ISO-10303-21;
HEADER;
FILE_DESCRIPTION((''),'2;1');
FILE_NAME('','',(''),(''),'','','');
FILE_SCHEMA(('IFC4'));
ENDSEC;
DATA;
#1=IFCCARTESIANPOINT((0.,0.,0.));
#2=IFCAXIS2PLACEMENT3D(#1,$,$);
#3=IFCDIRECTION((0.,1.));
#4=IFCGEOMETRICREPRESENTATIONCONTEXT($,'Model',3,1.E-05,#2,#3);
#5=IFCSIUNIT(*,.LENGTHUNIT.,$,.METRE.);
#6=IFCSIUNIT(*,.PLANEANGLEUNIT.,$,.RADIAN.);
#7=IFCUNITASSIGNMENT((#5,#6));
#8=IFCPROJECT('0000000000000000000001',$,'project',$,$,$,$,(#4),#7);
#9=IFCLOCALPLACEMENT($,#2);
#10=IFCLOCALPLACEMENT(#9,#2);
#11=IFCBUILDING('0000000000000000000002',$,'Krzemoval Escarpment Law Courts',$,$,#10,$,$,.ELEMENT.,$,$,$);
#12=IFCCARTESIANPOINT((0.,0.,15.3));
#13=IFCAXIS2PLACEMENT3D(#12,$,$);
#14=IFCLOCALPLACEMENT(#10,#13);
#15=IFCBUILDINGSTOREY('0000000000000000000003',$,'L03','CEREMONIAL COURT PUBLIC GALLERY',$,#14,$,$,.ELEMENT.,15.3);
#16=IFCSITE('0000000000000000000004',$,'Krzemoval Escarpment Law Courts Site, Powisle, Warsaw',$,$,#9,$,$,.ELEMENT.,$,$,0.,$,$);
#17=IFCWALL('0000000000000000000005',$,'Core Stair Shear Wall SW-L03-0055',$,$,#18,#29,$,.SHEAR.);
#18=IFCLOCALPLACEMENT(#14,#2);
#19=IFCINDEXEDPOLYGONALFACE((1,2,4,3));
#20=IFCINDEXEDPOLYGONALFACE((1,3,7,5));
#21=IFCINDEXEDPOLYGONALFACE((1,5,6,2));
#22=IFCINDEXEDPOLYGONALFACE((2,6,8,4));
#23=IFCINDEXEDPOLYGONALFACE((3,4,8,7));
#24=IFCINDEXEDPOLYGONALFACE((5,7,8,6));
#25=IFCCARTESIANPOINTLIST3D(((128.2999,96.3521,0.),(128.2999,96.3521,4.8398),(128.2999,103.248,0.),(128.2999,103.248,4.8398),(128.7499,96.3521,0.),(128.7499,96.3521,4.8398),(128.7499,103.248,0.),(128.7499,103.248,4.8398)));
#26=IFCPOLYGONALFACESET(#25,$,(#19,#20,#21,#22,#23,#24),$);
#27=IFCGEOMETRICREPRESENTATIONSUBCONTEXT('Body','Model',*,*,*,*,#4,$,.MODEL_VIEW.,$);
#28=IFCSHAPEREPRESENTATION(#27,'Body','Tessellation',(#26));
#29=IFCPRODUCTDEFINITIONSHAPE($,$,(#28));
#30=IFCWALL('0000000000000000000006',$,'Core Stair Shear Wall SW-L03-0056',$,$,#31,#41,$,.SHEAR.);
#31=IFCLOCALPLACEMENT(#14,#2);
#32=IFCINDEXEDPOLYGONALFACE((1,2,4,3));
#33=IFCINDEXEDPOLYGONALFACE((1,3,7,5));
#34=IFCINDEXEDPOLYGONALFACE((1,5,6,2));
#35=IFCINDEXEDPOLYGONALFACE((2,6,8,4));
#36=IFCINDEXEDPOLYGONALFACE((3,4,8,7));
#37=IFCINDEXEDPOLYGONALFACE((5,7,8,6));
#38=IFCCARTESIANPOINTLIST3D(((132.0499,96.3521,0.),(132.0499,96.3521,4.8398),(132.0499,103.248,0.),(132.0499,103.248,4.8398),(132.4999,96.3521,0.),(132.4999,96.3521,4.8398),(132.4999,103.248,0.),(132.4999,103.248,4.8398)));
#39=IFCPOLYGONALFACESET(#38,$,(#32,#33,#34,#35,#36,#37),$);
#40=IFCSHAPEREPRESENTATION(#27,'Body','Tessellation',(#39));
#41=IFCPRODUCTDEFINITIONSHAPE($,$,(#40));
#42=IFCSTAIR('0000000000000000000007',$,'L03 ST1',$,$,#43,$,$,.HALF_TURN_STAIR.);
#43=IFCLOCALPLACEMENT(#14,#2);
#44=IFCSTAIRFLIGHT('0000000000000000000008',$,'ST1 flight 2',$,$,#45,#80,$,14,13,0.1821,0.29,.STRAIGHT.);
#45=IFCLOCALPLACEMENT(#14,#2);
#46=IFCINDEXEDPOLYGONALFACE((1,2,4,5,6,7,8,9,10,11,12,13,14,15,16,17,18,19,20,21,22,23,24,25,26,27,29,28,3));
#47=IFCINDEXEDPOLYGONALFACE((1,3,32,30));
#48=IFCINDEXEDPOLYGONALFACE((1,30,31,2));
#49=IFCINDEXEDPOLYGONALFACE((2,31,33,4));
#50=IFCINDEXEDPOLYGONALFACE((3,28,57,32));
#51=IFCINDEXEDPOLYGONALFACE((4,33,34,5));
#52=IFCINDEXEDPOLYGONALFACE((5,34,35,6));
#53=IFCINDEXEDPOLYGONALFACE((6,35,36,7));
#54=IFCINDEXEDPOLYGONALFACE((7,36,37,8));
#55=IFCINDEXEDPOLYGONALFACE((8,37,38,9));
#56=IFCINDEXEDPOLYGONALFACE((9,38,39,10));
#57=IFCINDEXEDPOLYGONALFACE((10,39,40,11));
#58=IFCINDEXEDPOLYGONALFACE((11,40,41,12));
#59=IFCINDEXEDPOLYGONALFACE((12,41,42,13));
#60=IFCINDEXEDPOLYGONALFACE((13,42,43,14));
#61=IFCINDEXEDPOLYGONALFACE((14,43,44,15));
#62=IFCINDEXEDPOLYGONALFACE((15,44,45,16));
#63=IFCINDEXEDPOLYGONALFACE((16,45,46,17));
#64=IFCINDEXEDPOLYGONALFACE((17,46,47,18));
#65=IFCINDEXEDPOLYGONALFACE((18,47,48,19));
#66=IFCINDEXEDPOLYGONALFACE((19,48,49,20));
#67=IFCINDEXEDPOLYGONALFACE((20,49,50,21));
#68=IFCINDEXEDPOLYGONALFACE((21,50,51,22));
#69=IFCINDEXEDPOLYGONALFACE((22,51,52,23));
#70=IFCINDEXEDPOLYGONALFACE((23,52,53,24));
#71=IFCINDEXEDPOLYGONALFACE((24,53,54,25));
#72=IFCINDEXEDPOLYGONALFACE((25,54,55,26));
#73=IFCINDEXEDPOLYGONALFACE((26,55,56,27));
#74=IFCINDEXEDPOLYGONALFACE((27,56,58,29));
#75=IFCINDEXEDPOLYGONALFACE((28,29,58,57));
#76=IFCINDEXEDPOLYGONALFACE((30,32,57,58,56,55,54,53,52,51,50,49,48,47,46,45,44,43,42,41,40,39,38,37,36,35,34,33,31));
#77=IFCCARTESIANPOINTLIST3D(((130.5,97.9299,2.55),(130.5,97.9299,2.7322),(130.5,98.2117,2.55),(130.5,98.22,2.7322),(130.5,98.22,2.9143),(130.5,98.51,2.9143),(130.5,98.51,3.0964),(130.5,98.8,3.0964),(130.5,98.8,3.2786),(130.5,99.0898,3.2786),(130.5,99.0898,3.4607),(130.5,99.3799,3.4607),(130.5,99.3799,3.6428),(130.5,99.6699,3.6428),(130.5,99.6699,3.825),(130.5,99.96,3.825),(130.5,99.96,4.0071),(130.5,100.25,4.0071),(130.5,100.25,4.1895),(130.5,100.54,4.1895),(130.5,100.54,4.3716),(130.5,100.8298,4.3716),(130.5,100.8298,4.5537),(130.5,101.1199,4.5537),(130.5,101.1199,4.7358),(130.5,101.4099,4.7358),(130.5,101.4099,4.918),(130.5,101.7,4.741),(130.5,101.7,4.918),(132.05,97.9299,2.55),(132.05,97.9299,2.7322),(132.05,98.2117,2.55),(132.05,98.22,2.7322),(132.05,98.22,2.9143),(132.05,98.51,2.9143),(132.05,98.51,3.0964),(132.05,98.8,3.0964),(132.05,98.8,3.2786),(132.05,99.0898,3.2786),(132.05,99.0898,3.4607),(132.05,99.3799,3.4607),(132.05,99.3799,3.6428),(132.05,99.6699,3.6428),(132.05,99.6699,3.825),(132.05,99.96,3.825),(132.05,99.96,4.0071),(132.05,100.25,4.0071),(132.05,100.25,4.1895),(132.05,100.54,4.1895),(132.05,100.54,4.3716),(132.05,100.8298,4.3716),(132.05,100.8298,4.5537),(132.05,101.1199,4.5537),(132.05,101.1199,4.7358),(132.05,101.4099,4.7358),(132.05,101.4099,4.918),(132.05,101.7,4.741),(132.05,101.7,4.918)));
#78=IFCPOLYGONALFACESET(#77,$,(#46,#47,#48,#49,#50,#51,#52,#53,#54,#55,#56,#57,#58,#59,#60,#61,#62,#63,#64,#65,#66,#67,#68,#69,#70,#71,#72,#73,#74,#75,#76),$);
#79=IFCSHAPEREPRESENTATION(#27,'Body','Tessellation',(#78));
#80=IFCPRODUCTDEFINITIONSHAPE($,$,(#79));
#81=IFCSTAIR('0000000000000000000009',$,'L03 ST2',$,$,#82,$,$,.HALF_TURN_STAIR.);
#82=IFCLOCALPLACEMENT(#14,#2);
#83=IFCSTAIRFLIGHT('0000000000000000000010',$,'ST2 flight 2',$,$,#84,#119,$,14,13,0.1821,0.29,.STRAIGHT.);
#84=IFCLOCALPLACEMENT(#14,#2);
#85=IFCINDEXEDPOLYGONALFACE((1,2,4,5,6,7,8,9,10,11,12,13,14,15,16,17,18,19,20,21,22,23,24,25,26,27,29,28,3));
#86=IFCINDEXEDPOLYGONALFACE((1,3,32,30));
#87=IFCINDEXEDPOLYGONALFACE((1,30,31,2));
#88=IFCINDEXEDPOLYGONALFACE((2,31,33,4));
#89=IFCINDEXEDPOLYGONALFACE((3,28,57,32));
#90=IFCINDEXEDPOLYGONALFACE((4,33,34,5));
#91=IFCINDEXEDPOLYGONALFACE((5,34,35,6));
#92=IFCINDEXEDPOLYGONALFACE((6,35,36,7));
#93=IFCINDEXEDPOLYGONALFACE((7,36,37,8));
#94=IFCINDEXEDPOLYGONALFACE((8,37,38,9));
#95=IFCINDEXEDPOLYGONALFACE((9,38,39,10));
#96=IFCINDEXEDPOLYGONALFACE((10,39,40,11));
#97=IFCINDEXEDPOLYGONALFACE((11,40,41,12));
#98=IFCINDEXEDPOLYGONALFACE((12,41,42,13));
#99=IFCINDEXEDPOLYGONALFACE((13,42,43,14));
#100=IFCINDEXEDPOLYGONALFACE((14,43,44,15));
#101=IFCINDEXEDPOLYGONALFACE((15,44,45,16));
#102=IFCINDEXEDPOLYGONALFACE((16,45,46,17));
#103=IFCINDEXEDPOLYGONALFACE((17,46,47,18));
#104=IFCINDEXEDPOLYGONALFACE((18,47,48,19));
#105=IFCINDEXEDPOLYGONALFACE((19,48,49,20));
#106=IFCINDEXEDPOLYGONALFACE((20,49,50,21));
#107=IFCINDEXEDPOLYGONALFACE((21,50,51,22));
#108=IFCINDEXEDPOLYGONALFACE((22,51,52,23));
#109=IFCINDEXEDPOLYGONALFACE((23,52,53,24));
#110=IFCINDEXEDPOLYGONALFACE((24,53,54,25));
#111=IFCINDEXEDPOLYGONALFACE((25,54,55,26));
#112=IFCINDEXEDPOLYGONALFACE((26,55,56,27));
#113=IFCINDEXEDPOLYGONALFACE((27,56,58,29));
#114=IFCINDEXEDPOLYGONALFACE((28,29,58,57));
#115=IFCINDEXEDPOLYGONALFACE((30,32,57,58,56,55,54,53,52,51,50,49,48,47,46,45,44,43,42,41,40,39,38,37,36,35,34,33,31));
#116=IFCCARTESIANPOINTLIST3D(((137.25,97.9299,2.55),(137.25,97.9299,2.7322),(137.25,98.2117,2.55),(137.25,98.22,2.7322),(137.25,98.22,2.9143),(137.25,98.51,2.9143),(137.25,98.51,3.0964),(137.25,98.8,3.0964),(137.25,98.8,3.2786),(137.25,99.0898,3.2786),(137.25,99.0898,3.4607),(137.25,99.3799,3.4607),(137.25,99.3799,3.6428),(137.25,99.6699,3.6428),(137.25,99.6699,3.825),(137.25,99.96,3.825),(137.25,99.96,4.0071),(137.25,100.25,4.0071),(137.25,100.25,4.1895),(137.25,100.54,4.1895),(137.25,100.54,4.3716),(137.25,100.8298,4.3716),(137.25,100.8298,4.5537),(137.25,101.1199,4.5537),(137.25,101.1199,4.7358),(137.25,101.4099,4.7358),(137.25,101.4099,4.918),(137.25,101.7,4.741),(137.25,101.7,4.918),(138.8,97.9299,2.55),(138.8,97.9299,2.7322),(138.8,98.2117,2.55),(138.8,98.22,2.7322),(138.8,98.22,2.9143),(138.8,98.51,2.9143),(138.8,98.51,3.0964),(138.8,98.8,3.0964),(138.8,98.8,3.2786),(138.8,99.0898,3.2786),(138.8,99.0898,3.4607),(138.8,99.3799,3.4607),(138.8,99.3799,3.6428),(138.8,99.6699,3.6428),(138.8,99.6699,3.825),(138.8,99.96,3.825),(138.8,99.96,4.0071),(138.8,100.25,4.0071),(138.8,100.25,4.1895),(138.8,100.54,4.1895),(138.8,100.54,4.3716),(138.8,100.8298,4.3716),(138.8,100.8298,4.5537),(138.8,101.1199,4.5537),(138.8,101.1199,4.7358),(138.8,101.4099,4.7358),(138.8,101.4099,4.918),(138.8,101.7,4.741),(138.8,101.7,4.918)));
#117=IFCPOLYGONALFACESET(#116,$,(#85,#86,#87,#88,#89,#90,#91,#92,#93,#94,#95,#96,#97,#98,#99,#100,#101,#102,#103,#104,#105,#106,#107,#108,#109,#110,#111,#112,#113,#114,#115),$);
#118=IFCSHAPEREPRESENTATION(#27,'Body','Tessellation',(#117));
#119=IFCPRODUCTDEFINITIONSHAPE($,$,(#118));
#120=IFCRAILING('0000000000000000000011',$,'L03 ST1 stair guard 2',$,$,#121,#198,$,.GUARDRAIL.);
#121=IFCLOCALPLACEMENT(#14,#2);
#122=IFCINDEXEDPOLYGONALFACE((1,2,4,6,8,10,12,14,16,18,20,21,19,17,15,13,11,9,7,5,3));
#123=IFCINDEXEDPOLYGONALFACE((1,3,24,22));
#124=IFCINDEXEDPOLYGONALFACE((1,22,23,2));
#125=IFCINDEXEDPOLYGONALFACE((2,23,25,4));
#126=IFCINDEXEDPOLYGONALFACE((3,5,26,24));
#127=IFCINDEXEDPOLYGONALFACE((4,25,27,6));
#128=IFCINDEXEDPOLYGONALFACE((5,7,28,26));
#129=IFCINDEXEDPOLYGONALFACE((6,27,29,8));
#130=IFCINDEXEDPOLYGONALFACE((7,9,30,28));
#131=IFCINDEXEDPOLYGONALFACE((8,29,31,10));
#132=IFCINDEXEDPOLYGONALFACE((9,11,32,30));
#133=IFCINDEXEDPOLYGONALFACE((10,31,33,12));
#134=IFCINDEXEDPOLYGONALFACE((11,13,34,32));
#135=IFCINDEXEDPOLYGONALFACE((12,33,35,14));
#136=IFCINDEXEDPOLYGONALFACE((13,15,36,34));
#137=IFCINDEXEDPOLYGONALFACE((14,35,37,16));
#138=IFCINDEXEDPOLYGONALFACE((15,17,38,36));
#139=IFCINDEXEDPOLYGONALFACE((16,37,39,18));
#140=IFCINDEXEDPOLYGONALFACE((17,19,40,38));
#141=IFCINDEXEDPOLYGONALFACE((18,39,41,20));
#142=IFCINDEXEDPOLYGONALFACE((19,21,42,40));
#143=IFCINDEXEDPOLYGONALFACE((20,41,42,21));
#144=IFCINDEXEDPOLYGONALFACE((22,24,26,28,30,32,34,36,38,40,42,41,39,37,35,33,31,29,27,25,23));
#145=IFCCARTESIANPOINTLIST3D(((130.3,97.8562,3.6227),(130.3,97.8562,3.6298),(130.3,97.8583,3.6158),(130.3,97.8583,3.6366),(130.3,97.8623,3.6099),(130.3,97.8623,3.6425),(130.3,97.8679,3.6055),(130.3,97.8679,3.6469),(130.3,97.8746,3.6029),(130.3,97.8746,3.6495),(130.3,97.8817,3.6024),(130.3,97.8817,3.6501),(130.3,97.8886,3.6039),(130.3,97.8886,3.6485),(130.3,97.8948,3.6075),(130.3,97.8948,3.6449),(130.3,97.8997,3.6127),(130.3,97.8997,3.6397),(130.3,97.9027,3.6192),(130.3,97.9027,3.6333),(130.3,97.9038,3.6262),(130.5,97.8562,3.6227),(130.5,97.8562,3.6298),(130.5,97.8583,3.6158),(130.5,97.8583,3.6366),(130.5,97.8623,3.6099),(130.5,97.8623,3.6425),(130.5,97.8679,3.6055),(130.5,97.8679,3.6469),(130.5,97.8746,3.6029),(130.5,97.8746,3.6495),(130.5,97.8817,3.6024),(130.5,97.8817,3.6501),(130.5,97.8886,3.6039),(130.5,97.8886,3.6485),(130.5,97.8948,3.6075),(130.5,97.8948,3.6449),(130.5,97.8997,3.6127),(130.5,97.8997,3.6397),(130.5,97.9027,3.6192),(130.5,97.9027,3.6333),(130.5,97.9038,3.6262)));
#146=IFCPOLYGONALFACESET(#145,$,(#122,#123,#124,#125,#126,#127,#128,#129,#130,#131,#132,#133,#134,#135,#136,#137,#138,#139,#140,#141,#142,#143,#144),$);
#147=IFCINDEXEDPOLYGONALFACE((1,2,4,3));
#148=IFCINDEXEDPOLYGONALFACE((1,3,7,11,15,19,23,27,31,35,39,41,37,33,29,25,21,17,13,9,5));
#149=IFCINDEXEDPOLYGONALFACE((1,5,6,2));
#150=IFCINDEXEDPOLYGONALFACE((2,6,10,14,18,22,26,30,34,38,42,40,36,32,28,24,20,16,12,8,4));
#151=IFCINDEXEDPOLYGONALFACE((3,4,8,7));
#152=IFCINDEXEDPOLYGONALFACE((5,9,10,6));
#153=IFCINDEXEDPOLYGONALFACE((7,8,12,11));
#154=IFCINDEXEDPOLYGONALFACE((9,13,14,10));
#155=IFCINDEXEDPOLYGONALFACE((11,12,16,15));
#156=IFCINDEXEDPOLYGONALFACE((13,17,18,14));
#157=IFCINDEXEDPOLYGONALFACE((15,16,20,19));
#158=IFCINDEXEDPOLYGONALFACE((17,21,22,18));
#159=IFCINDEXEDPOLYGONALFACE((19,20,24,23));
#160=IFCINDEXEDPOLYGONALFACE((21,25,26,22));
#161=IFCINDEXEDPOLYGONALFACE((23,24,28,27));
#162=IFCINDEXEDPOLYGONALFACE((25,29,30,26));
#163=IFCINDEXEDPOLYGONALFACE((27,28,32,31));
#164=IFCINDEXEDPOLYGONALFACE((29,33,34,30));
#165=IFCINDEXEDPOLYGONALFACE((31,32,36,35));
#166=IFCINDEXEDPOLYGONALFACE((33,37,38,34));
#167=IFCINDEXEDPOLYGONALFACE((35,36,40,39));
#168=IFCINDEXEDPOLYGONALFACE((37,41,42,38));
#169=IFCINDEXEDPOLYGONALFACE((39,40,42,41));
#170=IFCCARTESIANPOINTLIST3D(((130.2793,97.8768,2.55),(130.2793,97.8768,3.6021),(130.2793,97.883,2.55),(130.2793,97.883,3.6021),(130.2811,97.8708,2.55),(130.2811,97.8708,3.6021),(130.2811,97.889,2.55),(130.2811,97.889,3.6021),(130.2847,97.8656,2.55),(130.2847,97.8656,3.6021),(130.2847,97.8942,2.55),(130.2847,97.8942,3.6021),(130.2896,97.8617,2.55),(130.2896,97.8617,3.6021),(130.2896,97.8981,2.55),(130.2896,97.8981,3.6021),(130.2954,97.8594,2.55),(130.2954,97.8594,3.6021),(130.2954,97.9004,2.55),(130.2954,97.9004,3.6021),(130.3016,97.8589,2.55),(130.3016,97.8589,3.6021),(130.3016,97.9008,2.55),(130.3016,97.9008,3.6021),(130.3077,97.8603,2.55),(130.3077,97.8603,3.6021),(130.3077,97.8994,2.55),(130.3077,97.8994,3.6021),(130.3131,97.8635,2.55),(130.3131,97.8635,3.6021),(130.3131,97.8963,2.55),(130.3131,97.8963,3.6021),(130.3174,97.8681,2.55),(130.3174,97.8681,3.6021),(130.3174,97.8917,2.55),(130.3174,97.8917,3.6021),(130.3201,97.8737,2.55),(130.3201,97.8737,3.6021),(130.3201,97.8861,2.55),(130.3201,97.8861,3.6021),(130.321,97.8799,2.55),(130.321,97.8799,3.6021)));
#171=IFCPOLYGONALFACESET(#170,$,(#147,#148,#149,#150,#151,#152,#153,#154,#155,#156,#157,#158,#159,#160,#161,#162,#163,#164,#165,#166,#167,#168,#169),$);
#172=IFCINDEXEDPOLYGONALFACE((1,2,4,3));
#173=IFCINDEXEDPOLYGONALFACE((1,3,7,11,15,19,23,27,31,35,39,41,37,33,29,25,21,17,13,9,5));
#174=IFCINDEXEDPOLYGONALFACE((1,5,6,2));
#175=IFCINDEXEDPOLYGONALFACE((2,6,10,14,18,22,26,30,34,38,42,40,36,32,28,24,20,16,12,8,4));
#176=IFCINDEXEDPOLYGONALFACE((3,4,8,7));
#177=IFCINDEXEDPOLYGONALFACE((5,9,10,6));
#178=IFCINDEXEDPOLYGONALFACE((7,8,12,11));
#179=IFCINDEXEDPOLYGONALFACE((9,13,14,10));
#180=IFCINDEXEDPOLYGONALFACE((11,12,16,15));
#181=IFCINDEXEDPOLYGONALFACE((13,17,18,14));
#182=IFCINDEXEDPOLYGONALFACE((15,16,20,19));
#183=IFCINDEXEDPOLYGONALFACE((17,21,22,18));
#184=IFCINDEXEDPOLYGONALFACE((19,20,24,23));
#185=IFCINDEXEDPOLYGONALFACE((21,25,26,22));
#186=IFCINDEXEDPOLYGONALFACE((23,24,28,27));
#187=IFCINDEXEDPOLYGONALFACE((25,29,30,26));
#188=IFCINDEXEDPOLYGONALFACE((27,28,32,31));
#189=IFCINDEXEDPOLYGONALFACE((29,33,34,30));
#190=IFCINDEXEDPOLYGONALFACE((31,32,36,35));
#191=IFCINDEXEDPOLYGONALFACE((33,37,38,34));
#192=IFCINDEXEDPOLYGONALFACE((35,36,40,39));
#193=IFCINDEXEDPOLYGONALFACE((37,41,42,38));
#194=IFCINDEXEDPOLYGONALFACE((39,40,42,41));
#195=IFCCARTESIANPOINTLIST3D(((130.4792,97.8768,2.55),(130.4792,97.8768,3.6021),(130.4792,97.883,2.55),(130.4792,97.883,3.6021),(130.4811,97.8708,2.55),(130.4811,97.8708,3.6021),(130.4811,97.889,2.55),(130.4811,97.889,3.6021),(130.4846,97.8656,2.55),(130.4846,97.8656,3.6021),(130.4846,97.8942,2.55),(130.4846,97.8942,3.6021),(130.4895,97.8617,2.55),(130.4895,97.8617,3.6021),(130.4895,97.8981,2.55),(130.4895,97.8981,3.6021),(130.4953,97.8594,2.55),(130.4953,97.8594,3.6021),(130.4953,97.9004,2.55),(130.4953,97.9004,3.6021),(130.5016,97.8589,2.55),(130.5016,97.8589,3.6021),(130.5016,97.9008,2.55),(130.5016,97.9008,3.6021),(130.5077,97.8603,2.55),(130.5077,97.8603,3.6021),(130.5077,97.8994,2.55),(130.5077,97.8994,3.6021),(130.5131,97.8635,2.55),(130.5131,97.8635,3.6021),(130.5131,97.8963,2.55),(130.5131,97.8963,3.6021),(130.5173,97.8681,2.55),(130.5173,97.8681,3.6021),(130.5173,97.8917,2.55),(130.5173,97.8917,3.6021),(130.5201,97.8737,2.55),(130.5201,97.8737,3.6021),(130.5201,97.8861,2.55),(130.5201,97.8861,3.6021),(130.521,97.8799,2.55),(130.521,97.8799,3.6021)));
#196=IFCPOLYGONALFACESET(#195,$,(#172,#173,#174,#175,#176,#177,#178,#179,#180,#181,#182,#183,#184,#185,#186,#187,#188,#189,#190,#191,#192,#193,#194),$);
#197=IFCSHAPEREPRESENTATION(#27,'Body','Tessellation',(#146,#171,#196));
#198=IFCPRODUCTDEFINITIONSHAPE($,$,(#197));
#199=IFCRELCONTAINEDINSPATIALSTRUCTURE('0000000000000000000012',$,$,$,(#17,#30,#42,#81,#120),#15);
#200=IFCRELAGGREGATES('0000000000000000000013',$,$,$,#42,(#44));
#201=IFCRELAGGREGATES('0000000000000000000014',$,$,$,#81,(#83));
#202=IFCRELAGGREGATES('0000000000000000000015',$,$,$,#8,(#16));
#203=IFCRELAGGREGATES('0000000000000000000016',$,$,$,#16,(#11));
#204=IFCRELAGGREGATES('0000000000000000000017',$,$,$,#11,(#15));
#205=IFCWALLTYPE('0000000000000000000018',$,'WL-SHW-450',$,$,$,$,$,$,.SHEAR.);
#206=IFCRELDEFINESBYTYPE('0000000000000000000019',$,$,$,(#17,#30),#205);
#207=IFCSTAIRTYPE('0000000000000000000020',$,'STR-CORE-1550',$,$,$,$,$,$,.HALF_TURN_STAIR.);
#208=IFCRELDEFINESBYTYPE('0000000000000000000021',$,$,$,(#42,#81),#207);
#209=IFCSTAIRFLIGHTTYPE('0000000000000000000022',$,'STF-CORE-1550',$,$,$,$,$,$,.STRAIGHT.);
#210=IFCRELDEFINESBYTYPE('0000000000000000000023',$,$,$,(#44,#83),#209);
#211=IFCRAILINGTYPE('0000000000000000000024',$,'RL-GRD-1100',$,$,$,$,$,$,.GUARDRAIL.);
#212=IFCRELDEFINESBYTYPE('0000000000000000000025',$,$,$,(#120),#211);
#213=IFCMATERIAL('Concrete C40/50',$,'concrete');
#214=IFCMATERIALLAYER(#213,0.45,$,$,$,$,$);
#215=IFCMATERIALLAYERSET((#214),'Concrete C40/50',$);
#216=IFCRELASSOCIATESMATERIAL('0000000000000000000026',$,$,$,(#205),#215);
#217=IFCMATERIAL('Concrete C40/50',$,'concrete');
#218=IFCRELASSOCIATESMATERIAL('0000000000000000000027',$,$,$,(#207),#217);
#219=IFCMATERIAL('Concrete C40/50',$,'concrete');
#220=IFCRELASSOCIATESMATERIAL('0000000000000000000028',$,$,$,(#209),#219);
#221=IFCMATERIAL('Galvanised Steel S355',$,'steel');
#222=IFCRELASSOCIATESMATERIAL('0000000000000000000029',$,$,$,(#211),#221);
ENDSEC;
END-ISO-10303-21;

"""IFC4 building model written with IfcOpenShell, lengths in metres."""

from ifc_helpers import new_model, si_unit, direction, frame, frame_2d, origin, origin_2d, place, context, subcontext, project, spatial, polyline, rectangle, circle, outline, extrude, material, layer, layer_set, type_object, element, aggregate, save


model = new_model("IFC4")

# Units and contexts
model_context = context("Model", 3, precision=1e-05, world=origin(), true_north=direction((0.0, 1.0)))
body_context = subcontext(model_context, "Body", "Model", "MODEL_VIEW")
ifc_project = project(units=[si_unit("LENGTHUNIT", "METRE"), si_unit("PLANEANGLEUNIT", "RADIAN")], contexts=[model_context])

# Site, building, storey
site_placement = place(None, origin())
site = spatial("IfcSite", under=ifc_project, at=site_placement, Name="Krzemoval Escarpment Law Courts Site, Powisle, Warsaw", CompositionType="ELEMENT", RefElevation=0.0)
building_placement = place(site_placement, origin())
building = spatial("IfcBuilding", under=site, at=building_placement, Name="Krzemoval Escarpment Law Courts", CompositionType="ELEMENT")
storey_placement = place(building_placement, frame((0.0, 0.0, 15.3)))
storey = spatial("IfcBuildingStorey", under=building, at=storey_placement, Name="L03", Description="CEREMONIAL COURT PUBLIC GALLERY", CompositionType="ELEMENT", Elevation=15.3)

# Walls
ifc_material_1 = material(Name="Concrete C40/50", Category="concrete")
ifc_layer_1 = layer(ifc_material_1, 0.45)
ifc_layer_set_1 = layer_set([ifc_layer_1], Name="Concrete C40/50")
wall_type_1 = type_object("IfcWallType", Name="WL-SHW-450", PredefinedType="SHEAR", material=ifc_layer_set_1)
for number, where, z_axis, x_axis, name in (
    (1, (128.5249, 96.3521, 0.0), (0.0, 0.0, 1.0), (0.0, 1.0, 0.0), "Core Stair Shear Wall SW-L03-0055"),
    (2, (132.2749, 96.3521, 0.0), (0.0, 0.0, 1.0), (0.0, 1.0, 0.0), "Core Stair Shear Wall SW-L03-0056"),
):
    element("IfcWall", number, at=place(storey_placement, frame(where, z_axis=z_axis, x_axis=x_axis)), inside=storey, type_object=wall_type_1, Name=name, PredefinedType="SHEAR", context=body_context, shape_type="SweptSolid", body=[
        extrude(rectangle(XDim=6.896, YDim=0.45, at=frame_2d((3.448, 0.0))), origin(), (0.0, 0.0, 1.0), 4.8398),
    ])

# Stairs, stair flights
ifc_material_2 = material(Name="Concrete C40/50", Category="concrete")
stair_type = type_object("IfcStairType", Name="STR-CORE-1550", PredefinedType="HALF_TURN_STAIR", material=ifc_material_2)
stair_1_placement = place(storey_placement, origin())
stair_1 = element("IfcStair", 3, at=stair_1_placement, inside=storey, type_object=stair_type, Name="L03 ST1", PredefinedType="HALF_TURN_STAIR")
ifc_material_3 = material(Name="Concrete C40/50", Category="concrete")
stair_flight_type = type_object("IfcStairFlightType", Name="STF-CORE-1550", PredefinedType="STRAIGHT", material=ifc_material_3)
stair_flight_1_placement = place(storey_placement, frame((131.2749, 97.9299, 2.55), z_axis=(0.0, 0.0, 1.0), x_axis=(0.0, 1.0, 0.0)))
stair_flight_1 = element("IfcStairFlight", 4, at=stair_flight_1_placement, type_object=stair_flight_type, Name="ST1 flight 2", NumberOfRisers=14, NumberOfTreads=13, PredefinedType="STRAIGHT", RiserHeight=0.1821, TreadLength=0.29, context=body_context, shape_type="SweptSolid", body=[
    extrude(outline(polyline([(0.0, 0.0), (0.0, 0.1821), (0.29, 0.1821), (0.29, 0.3643), (0.5801, 0.3643), (0.5801, 0.5464), (0.8701, 0.5464), (0.8701, 0.7285), (1.1599, 0.7285), (1.1599, 0.9106), (1.45, 0.9106), (1.45, 1.0928), (1.74, 1.0928), (1.74, 1.2749), (2.03, 1.2749), (2.03, 1.457), (2.3201, 1.457), (2.3201, 1.6394), (2.6101, 1.6394), (2.6101, 1.8215), (2.8999, 1.8215), (2.8999, 2.0037), (3.1899, 2.0037), (3.1899, 2.1858), (3.48, 2.1858), (3.48, 2.3679), (3.77, 2.3679), (3.77, 2.55), (3.77, 2.1909), (0.2817, 0.0), (0.0, 0.0)])), frame((0.0, 0.7749, 0.0), z_axis=(0.0, -1.0, 0.0), x_axis=(1.0, 0.0, 0.0)), (0.0, 0.0, 1.0), 1.55),
])
aggregate(stair_1, [stair_flight_1])
stair_2_placement = place(storey_placement, origin())
stair_2 = element("IfcStair", 5, at=stair_2_placement, inside=storey, type_object=stair_type, Name="L03 ST2", PredefinedType="HALF_TURN_STAIR")
stair_flight_2_placement = place(storey_placement, frame((138.0249, 97.9299, 2.55), z_axis=(0.0, 0.0, 1.0), x_axis=(0.0, 1.0, 0.0)))
stair_flight_2 = element("IfcStairFlight", 6, at=stair_flight_2_placement, type_object=stair_flight_type, Name="ST2 flight 2", NumberOfRisers=14, NumberOfTreads=13, PredefinedType="STRAIGHT", RiserHeight=0.1821, TreadLength=0.29, context=body_context, shape_type="SweptSolid", body=[
    extrude(outline(polyline([(0.0, 0.0), (0.0, 0.1821), (0.29, 0.1821), (0.29, 0.3643), (0.5801, 0.3643), (0.5801, 0.5464), (0.8701, 0.5464), (0.8701, 0.7285), (1.1599, 0.7285), (1.1599, 0.9106), (1.45, 0.9106), (1.45, 1.0928), (1.74, 1.0928), (1.74, 1.2749), (2.03, 1.2749), (2.03, 1.457), (2.3201, 1.457), (2.3201, 1.6394), (2.6101, 1.6394), (2.6101, 1.8215), (2.8999, 1.8215), (2.8999, 2.0037), (3.1899, 2.0037), (3.1899, 2.1858), (3.48, 2.1858), (3.48, 2.3679), (3.77, 2.3679), (3.77, 2.55), (3.77, 2.1909), (0.2817, 0.0), (0.0, 0.0)])), frame((0.0, 0.7749, 0.0), z_axis=(0.0, -1.0, 0.0), x_axis=(1.0, 0.0, 0.0)), (0.0, 0.0, 1.0), 1.55),
])
aggregate(stair_2, [stair_flight_2])

# Railing
ifc_material_4 = material(Name="Galvanised Steel S355", Category="steel")
railing_type_1 = type_object("IfcRailingType", Name="RL-GRD-1100", PredefinedType="GUARDRAIL", material=ifc_material_4)
railing_1_placement = place(storey_placement, frame((130.3, 97.8799, 2.55)))
element("IfcRailing", 7, at=railing_1_placement, inside=storey, type_object=railing_type_1, Name="L03 ST1 stair guard 2", PredefinedType="GUARDRAIL", context=body_context, shape_type="SweptSolid", body=[
    extrude(circle(Radius=0.0239, at=origin_2d()), frame((0.0, 0.0, 1.0762), z_axis=(1.0, 0.0, 0.0), x_axis=(0.0, 1.0, 0.0)), (0.0, 0.0, 1.0), 0.2),
    extrude(circle(Radius=0.021, at=origin_2d()), origin(), (0.0, 0.0, 1.0), 1.052),
    extrude(circle(Radius=0.021, at=origin_2d()), frame((0.2, 0.0, 0.0)), (0.0, 0.0, 1.0), 1.052),
])

save(model, "model.ifc")
